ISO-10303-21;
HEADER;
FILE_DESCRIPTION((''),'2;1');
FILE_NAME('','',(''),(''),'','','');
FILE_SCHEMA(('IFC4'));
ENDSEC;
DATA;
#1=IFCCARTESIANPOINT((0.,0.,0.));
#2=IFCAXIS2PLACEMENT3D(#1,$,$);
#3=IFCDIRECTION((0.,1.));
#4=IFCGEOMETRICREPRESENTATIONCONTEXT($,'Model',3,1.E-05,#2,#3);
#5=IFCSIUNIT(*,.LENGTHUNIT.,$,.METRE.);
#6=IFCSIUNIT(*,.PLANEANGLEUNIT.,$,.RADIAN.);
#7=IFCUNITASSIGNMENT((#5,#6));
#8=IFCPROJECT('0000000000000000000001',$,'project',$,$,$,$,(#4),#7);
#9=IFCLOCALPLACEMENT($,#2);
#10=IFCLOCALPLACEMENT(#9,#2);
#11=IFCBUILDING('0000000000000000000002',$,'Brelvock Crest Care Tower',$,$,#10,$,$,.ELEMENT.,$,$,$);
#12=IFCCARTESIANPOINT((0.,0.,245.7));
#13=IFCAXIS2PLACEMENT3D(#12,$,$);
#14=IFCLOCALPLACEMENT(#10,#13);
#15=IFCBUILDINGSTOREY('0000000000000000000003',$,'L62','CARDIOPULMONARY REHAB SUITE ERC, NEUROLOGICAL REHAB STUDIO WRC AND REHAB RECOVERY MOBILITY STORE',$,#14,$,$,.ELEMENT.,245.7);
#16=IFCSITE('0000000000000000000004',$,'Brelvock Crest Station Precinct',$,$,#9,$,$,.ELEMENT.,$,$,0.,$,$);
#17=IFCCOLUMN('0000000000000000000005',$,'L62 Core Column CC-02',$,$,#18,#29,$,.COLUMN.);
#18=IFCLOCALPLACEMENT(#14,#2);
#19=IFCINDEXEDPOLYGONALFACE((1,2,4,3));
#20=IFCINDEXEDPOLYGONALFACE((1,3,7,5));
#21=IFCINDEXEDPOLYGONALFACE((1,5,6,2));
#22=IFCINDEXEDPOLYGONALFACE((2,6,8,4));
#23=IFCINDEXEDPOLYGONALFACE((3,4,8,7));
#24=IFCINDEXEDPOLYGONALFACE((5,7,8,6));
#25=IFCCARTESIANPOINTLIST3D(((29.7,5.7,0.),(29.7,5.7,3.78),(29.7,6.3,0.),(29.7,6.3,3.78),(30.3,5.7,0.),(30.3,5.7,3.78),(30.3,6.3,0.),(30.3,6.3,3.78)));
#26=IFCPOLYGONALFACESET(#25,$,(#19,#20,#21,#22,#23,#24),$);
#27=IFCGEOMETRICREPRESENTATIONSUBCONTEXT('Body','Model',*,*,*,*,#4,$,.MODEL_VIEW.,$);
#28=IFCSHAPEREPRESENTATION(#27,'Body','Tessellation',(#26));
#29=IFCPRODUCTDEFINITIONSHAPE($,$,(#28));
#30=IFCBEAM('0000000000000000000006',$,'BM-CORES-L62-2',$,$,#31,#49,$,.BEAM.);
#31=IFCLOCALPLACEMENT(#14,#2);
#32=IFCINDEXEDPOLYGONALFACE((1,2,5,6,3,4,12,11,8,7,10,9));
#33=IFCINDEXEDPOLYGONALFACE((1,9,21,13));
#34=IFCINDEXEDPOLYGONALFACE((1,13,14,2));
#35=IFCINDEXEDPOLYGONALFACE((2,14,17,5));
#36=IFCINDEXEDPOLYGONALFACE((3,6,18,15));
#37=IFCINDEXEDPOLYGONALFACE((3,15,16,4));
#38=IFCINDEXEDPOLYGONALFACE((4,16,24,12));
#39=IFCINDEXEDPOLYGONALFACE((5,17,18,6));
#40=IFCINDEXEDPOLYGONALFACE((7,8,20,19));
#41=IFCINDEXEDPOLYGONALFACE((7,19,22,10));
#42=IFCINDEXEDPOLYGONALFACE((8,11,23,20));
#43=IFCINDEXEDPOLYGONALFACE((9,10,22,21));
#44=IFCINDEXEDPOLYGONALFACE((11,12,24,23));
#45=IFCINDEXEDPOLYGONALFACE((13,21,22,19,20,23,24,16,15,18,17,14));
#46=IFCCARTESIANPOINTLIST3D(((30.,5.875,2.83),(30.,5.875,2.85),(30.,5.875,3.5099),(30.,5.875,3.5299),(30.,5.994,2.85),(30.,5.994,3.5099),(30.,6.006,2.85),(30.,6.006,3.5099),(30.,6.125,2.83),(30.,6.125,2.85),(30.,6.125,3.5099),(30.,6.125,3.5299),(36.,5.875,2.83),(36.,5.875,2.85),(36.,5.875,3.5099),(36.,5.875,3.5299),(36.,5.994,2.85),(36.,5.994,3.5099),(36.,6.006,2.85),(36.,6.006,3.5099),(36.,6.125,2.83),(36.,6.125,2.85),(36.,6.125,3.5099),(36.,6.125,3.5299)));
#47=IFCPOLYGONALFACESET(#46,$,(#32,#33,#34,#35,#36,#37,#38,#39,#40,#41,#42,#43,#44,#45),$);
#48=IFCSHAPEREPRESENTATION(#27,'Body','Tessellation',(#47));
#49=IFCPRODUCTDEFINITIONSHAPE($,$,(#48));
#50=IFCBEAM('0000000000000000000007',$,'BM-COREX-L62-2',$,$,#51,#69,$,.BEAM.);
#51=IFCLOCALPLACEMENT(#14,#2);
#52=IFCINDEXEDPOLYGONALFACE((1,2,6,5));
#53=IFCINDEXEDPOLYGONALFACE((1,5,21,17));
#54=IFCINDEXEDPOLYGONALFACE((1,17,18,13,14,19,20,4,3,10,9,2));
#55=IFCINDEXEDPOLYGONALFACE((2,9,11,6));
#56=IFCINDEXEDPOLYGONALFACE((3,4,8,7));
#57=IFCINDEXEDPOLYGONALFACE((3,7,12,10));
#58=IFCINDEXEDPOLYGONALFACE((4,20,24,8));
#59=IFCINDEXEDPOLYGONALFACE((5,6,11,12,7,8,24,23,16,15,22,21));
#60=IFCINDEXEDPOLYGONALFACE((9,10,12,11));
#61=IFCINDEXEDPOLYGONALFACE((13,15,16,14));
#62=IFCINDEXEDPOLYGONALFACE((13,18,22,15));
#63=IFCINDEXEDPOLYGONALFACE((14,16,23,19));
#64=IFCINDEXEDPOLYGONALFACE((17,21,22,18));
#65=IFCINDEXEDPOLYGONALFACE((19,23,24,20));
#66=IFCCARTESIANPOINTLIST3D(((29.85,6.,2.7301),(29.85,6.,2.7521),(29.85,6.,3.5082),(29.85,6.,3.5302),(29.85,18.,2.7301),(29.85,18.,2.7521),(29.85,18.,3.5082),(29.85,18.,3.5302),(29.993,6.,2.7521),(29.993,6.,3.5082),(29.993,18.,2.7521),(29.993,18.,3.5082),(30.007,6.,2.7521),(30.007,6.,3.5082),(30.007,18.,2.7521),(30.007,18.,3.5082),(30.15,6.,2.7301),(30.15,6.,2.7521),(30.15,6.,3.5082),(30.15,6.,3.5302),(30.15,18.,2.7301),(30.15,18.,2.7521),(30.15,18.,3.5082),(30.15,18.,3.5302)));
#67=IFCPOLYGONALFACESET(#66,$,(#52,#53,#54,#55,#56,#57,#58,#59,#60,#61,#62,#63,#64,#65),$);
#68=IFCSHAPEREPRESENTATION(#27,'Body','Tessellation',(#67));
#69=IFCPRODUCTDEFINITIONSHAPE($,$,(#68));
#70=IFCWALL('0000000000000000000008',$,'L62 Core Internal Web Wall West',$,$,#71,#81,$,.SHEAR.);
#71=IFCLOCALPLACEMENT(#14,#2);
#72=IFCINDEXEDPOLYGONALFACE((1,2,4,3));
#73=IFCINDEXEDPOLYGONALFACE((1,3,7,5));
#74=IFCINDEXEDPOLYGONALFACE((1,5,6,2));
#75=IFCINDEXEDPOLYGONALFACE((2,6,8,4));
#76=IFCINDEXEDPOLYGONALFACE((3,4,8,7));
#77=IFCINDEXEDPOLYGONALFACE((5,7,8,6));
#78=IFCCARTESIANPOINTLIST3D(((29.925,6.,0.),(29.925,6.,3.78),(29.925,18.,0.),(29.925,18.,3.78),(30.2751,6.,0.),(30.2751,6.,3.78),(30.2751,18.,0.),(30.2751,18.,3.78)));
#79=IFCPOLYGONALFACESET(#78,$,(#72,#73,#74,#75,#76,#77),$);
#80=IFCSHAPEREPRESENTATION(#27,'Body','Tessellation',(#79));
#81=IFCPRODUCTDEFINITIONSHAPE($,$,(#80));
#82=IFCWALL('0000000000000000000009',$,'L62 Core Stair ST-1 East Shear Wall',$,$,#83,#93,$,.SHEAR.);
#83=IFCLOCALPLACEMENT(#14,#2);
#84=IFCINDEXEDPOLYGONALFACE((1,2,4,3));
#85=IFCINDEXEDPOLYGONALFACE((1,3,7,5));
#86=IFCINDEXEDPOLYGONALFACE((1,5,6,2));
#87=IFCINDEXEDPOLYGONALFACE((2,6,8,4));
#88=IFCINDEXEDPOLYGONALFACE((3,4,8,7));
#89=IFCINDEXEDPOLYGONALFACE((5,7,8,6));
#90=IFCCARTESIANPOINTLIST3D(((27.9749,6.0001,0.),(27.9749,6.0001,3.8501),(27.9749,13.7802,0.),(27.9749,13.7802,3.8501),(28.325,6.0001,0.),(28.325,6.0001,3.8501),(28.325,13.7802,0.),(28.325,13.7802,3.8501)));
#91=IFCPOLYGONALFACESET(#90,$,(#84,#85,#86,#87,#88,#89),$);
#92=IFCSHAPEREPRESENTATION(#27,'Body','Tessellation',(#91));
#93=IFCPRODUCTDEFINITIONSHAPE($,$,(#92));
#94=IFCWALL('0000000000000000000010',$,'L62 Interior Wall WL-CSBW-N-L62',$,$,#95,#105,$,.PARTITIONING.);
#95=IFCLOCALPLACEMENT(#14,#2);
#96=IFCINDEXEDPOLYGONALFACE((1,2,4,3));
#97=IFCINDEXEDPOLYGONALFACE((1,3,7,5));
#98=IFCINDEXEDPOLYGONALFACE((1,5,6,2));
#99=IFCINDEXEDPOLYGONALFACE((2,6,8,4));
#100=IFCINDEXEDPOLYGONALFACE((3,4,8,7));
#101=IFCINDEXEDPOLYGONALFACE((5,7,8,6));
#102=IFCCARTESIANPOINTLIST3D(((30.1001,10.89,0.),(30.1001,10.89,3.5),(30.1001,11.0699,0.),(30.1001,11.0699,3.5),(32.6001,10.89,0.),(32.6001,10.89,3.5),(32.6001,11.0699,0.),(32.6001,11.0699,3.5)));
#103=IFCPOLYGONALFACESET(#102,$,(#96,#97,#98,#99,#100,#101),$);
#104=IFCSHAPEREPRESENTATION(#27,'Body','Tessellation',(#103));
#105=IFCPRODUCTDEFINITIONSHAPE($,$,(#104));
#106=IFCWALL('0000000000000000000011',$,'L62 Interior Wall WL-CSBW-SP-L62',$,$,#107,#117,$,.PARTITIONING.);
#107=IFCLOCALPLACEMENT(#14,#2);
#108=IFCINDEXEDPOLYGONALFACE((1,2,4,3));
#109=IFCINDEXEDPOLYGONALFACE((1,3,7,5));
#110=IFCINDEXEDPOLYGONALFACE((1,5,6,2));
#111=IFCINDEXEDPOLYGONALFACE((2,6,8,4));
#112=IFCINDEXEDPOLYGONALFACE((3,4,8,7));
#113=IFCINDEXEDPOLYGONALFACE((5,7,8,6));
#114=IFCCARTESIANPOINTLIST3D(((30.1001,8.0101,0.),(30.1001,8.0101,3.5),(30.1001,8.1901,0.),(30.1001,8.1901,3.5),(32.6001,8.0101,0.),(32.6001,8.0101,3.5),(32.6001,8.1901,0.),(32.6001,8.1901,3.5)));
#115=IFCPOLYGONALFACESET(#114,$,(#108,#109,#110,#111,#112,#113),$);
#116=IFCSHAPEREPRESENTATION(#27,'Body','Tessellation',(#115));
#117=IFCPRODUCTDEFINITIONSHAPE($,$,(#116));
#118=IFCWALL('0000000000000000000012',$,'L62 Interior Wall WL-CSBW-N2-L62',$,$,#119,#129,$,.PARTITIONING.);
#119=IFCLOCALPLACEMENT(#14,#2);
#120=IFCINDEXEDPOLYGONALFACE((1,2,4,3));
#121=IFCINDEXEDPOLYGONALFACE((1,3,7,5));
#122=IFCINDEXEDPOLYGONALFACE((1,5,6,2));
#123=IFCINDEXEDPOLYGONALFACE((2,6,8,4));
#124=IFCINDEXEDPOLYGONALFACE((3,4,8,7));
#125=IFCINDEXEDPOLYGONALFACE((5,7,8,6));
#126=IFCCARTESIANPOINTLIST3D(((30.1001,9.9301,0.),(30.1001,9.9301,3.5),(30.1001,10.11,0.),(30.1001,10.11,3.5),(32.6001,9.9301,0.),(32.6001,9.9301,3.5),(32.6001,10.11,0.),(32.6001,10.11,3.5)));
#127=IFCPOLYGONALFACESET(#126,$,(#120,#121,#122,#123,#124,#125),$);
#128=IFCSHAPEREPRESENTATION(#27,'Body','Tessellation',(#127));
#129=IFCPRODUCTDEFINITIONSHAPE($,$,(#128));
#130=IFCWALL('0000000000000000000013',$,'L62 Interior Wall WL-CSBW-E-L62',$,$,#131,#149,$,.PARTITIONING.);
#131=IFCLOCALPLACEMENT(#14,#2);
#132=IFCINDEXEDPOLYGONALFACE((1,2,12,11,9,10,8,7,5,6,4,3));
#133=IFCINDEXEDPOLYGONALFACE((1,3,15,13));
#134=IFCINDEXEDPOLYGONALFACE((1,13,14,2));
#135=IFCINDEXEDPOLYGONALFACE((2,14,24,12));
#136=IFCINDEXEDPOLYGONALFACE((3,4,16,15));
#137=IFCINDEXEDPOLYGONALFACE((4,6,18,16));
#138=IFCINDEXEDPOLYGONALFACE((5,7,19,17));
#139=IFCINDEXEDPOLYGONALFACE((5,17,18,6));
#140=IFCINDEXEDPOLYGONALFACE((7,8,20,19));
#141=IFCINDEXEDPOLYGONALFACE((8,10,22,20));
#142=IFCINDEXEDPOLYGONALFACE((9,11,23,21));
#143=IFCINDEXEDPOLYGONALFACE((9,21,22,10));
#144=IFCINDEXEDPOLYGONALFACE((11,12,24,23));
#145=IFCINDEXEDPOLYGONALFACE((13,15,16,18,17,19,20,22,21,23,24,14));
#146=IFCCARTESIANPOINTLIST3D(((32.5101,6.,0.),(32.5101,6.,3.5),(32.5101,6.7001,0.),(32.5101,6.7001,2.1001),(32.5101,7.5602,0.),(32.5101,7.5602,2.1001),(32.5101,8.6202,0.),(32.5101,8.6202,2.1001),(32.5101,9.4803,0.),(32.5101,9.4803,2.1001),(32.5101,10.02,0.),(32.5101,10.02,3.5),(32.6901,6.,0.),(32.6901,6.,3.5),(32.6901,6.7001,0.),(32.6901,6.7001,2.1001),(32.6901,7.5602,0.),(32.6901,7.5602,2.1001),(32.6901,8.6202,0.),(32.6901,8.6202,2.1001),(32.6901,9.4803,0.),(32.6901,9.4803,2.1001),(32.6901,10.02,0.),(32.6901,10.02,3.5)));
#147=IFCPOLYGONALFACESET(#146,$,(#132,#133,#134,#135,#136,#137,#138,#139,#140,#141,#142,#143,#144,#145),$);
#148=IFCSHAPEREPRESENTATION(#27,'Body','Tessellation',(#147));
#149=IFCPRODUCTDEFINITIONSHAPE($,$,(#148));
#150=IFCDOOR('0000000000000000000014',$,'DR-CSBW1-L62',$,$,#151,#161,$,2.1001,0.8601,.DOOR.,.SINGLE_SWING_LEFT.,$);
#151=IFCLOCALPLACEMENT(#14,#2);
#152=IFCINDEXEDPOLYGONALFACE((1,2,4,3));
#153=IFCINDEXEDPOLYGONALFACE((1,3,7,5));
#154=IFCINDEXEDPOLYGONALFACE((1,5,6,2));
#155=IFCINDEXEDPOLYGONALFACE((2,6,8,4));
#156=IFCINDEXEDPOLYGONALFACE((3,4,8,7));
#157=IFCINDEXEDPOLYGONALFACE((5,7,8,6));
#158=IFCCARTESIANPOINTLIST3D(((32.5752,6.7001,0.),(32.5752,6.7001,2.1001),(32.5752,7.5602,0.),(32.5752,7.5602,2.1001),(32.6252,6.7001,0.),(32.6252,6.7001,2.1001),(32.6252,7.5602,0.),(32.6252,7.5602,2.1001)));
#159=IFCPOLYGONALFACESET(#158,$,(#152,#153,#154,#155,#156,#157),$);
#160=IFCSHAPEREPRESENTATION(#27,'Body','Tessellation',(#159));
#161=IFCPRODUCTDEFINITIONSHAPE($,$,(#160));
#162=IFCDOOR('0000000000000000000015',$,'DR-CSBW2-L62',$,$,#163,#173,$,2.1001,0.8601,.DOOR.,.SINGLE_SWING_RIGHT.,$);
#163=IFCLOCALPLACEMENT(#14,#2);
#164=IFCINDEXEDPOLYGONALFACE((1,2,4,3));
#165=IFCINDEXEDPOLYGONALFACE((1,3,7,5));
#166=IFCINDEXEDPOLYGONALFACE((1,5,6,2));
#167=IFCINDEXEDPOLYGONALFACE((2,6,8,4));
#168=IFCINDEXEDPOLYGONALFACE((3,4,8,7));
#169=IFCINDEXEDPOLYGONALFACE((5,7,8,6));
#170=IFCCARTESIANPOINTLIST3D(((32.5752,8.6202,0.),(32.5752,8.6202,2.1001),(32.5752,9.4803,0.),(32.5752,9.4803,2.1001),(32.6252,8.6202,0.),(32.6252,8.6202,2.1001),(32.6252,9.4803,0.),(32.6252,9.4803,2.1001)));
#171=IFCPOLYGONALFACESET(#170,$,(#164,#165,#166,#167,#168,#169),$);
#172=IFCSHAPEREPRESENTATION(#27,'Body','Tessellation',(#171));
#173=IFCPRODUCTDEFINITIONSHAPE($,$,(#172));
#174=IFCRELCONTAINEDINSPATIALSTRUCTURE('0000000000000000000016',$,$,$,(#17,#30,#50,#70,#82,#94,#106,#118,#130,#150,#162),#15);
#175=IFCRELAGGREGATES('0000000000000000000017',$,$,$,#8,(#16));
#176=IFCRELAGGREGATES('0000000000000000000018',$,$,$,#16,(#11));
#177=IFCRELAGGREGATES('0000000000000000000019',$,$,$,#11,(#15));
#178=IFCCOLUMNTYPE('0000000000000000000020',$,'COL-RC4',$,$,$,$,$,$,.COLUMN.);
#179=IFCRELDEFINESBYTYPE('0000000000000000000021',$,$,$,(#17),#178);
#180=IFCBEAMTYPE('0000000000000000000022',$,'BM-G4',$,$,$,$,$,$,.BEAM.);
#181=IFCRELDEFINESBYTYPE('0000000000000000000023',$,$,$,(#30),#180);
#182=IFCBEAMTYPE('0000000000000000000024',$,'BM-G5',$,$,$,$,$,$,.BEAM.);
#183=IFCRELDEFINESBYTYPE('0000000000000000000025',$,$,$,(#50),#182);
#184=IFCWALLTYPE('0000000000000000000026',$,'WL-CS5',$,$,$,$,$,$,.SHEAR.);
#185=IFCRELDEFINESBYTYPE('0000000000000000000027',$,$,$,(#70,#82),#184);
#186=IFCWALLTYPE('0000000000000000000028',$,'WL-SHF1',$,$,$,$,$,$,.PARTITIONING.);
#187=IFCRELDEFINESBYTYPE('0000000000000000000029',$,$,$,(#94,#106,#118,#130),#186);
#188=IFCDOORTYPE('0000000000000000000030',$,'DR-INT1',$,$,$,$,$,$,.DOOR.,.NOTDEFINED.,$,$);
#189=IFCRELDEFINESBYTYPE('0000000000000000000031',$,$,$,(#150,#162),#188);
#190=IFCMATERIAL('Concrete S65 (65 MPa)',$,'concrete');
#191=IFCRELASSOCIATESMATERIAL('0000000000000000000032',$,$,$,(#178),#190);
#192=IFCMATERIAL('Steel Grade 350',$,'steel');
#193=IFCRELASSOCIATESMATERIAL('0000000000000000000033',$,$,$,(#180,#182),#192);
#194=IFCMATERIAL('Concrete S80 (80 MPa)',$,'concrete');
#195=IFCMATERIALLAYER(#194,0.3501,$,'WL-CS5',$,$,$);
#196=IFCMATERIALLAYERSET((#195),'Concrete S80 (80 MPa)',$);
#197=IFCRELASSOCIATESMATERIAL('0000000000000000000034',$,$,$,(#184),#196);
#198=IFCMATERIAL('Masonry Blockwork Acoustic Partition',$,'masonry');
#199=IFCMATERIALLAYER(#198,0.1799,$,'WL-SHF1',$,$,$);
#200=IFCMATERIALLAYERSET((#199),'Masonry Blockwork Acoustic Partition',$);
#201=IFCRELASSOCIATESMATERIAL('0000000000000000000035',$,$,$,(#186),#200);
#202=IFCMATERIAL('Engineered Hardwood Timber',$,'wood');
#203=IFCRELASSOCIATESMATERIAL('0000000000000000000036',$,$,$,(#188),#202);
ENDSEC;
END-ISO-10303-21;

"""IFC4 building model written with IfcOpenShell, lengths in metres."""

from ifc_helpers import new_model, si_unit, direction, frame, frame_2d, origin, origin_2d, place, context, subcontext, project, spatial, rectangle, i_section, extrude, source, transform, mapped, material, layer, layer_set, material_profile, profile_set, type_object, element, fill, save


model = new_model("IFC4")

# Units and contexts
model_context = context("Model", 3, precision=1e-05, world=origin(), true_north=direction((0.0, 1.0)))
body_context = subcontext(model_context, "Body", "Model", "MODEL_VIEW")
ifc_project = project(units=[si_unit("LENGTHUNIT", "METRE"), si_unit("PLANEANGLEUNIT", "RADIAN")], contexts=[model_context])

# Site, building, storey
site_placement = place(None, origin())
site = spatial("IfcSite", under=ifc_project, at=site_placement, Name="Brelvock Crest Station Precinct", CompositionType="ELEMENT", RefElevation=0.0)
building_placement = place(site_placement, origin())
building = spatial("IfcBuilding", under=site, at=building_placement, Name="Brelvock Crest Care Tower", CompositionType="ELEMENT")
storey_placement = place(building_placement, frame((0.0, 0.0, 245.7)))
storey = spatial("IfcBuildingStorey", under=building, at=storey_placement, Name="L62", Description="CARDIOPULMONARY REHAB SUITE ERC, NEUROLOGICAL REHAB STUDIO WRC AND REHAB RECOVERY MOBILITY STORE", CompositionType="ELEMENT", Elevation=245.7)

# Column
ifc_material_1 = material(Name="Concrete S65 (65 MPa)", Category="concrete")
ifc_material_profile_1 = material_profile(ifc_material_1, rectangle(XDim=0.6001, YDim=0.6001, at=origin_2d()), Name="RC600x600")
ifc_profile_set_1 = profile_set([ifc_material_profile_1], Name="Concrete S65 (65 MPa)")
column_type = type_object("IfcColumnType", Name="COL-RC4", PredefinedType="COLUMN", material=ifc_profile_set_1)
shared_shape_1 = source(origin(), body_context, "Body", "SweptSolid", [
    extrude(rectangle(XDim=0.6001, YDim=0.6001, at=origin_2d()), origin(), (0.0, 0.0, 1.0), 3.78),
])
column_placement = place(storey_placement, frame((30.0, 6.0, 0.0), z_axis=(0.0, 0.0, 1.0), x_axis=(1.0, 0.0, 0.0)))
element("IfcColumn", 1, at=column_placement, inside=storey, type_object=column_type, Name="L62 Core Column CC-02", PredefinedType="COLUMN", context=body_context, shape_type="MappedRepresentation", body=[
    mapped(shared_shape_1, transform((0.0, 0.0, 0.0), x_axis=(1.0, 0.0, 0.0), y_axis=(0.0, 1.0, 0.0), z_axis=(0.0, 0.0, 1.0), scale=1.0)),
])

# Beams
ifc_material_2 = material(Name="Steel Grade 350", Category="steel")
ifc_material_profile_2 = material_profile(ifc_material_2, i_section(OverallWidth=0.25, OverallDepth=0.7, WebThickness=0.012, FlangeThickness=0.02, at=origin_2d()), Name="700WB150")
ifc_profile_set_2 = profile_set([ifc_material_profile_2], Name="Steel Grade 350")
beam_type_1 = type_object("IfcBeamType", Name="BM-G4", PredefinedType="BEAM", material=ifc_profile_set_2)
shared_shape_2 = source(origin(), body_context, "Body", "SweptSolid", [
    extrude(i_section(OverallWidth=0.25, OverallDepth=0.7, WebThickness=0.012, FlangeThickness=0.02, at=origin_2d()), origin(), (0.0, 0.0, 1.0), 6.0),
])
beam_1_placement = place(storey_placement, frame((30.0, 6.0, 3.1799), z_axis=(1.0, 0.0, 0.0), x_axis=(0.0, 1.0, 0.0)))
element("IfcBeam", 2, at=beam_1_placement, inside=storey, type_object=beam_type_1, Name="BM-CORES-L62-2", PredefinedType="BEAM", context=body_context, shape_type="MappedRepresentation", body=[
    mapped(shared_shape_2, transform((0.0, 0.0, 0.0), x_axis=(1.0, 0.0, 0.0), y_axis=(0.0, 1.0, 0.0), z_axis=(0.0, 0.0, 1.0), scale=1.0)),
])
ifc_material_profile_3 = material_profile(ifc_material_2, i_section(OverallWidth=0.3, OverallDepth=0.8, WebThickness=0.0139, FlangeThickness=0.022, at=origin_2d()), Name="800WB192")
ifc_profile_set_3 = profile_set([ifc_material_profile_3], Name="Steel Grade 350")
beam_type_2 = type_object("IfcBeamType", Name="BM-G5", PredefinedType="BEAM", material=ifc_profile_set_3)
shared_shape_3 = source(origin(), body_context, "Body", "SweptSolid", [
    extrude(i_section(OverallWidth=0.3, OverallDepth=0.8, WebThickness=0.0139, FlangeThickness=0.022, at=origin_2d()), origin(), (0.0, 0.0, 1.0), 12.0),
])
beam_2_placement = place(storey_placement, frame((30.0, 6.0, 3.1301), z_axis=(0.0, 1.0, 0.0), x_axis=(-1.0, 0.0, 0.0)))
element("IfcBeam", 3, at=beam_2_placement, inside=storey, type_object=beam_type_2, Name="BM-COREX-L62-2", PredefinedType="BEAM", context=body_context, shape_type="MappedRepresentation", body=[
    mapped(shared_shape_3, transform((0.0, 0.0, 0.0), x_axis=(1.0, 0.0, 0.0), y_axis=(0.0, 1.0, 0.0), z_axis=(0.0, 0.0, 1.0), scale=1.0)),
])

# Walls
ifc_material_3 = material(Name="Concrete S80 (80 MPa)", Category="concrete")
ifc_layer_1 = layer(ifc_material_3, 0.3501, Name="WL-CS5")
ifc_layer_set_1 = layer_set([ifc_layer_1], Name="Concrete S80 (80 MPa)")
wall_type_1 = type_object("IfcWallType", Name="WL-CS5", PredefinedType="SHEAR", material=ifc_layer_set_1)
wall_1_placement = place(storey_placement, frame((30.1001, 6.0, 0.0), z_axis=(0.0, 0.0, 1.0), x_axis=(0.0, 1.0, 0.0)))
element("IfcWall", 4, at=wall_1_placement, inside=storey, type_object=wall_type_1, Name="L62 Core Internal Web Wall West", PredefinedType="SHEAR", context=body_context, shape_type="SweptSolid", body=[
    extrude(rectangle(XDim=12.0, YDim=0.3501, at=frame_2d((6.0, 0.0))), origin(), (0.0, 0.0, 1.0), 3.78),
])
wall_2_placement = place(storey_placement, frame((28.1499, 6.0, 0.0), z_axis=(0.0, 0.0, 1.0), x_axis=(0.0, 1.0, 0.0)))
element("IfcWall", 5, at=wall_2_placement, inside=storey, type_object=wall_type_1, Name="L62 Core Stair ST-1 East Shear Wall", PredefinedType="SHEAR", context=body_context, shape_type="SweptSolid", body=[
    extrude(rectangle(XDim=7.78, YDim=0.3501, at=frame_2d((3.8901, 0.0))), origin(), (0.0, 0.0, 1.0), 3.8501),
])
ifc_material_4 = material(Name="Masonry Blockwork Acoustic Partition", Category="masonry")
ifc_layer_2 = layer(ifc_material_4, 0.1799, Name="WL-SHF1")
ifc_layer_set_2 = layer_set([ifc_layer_2], Name="Masonry Blockwork Acoustic Partition")
wall_type_2 = type_object("IfcWallType", Name="WL-SHF1", PredefinedType="PARTITIONING", material=ifc_layer_set_2)
for number, where, z_axis, x_axis, name in (
    (6, (30.1001, 10.98, 0.0), (0.0, 0.0, 1.0), (1.0, 0.0, 0.0), "L62 Interior Wall WL-CSBW-N-L62"),
    (7, (30.1001, 8.1001, 0.0), (0.0, 0.0, 1.0), (1.0, 0.0, 0.0), "L62 Interior Wall WL-CSBW-SP-L62"),
    (8, (30.1001, 10.02, 0.0), (0.0, 0.0, 1.0), (1.0, 0.0, 0.0), "L62 Interior Wall WL-CSBW-N2-L62"),
):
    element("IfcWall", number, at=place(storey_placement, frame(where, z_axis=z_axis, x_axis=x_axis)), inside=storey, type_object=wall_type_2, Name=name, PredefinedType="PARTITIONING", context=body_context, shape_type="SweptSolid", body=[
        extrude(rectangle(XDim=2.5, YDim=0.1799, at=frame_2d((1.25, 0.0))), origin(), (0.0, 0.0, 1.0), 3.5),
    ])

# Wall, openings, doors
wall_3_placement = place(storey_placement, frame((32.6001, 6.0, 0.0), z_axis=(0.0, 0.0, 1.0), x_axis=(0.0, 1.0, 0.0)))
wall_3 = element("IfcWall", 9, at=wall_3_placement, inside=storey, type_object=wall_type_2, Name="L62 Interior Wall WL-CSBW-E-L62", PredefinedType="PARTITIONING", context=body_context, shape_type="SweptSolid", body=[
    extrude(rectangle(XDim=4.02, YDim=0.1799, at=frame_2d((2.01, 0.0))), origin(), (0.0, 0.0, 1.0), 3.5),
])
opening_1_placement = place(wall_3_placement, frame((0.7, 0.0, 0.0)))
opening_1 = element("IfcOpeningElement", 10, at=opening_1_placement, cuts=wall_3, PredefinedType="OPENING", context=body_context, shape_type="SweptSolid", body=[
    extrude(rectangle(XDim=0.8601, YDim=2.1001, at=origin_2d()), frame((0.4302, 0.1001, 1.05), z_axis=(0.0, -1.0, 0.0), x_axis=(1.0, 0.0, 0.0)), (0.0, 0.0, 1.0), 0.2),
])
opening_2_placement = place(wall_3_placement, frame((2.6201, 0.0, 0.0)))
opening_2 = element("IfcOpeningElement", 11, at=opening_2_placement, cuts=wall_3, PredefinedType="OPENING", context=body_context, shape_type="SweptSolid", body=[
    extrude(rectangle(XDim=0.8601, YDim=2.1001, at=origin_2d()), frame((0.4302, 0.1001, 1.05), z_axis=(0.0, -1.0, 0.0), x_axis=(1.0, 0.0, 0.0)), (0.0, 0.0, 1.0), 0.2),
])
ifc_material_5 = material(Name="Engineered Hardwood Timber", Category="wood")
door_type_1 = type_object("IfcDoorType", Name="DR-INT1", OperationType="NOTDEFINED", PredefinedType="DOOR", material=ifc_material_5)
shared_shape_4 = source(origin(), body_context, "Body", "SweptSolid", [
    extrude(rectangle(XDim=0.8601, YDim=2.1001, at=origin_2d()), frame((0.4302, 0.0249, 1.05), z_axis=(0.0, -1.0, 0.0), x_axis=(1.0, 0.0, 0.0)), (0.0, 0.0, 1.0), 0.05),
])
door_1_placement = place(opening_1_placement, origin())
door_1 = element("IfcDoor", 12, at=door_1_placement, inside=storey, type_object=door_type_1, Name="DR-CSBW1-L62", OperationType="SINGLE_SWING_LEFT", OverallHeight=2.1001, OverallWidth=0.8601, PredefinedType="DOOR", context=body_context, shape_type="MappedRepresentation", body=[
    mapped(shared_shape_4, transform((0.0, 0.0, 0.0), x_axis=(1.0, 0.0, 0.0), y_axis=(0.0, 1.0, 0.0), z_axis=(0.0, 0.0, 1.0), scale=1.0)),
])
fill(opening_1, door_1)
door_2_placement = place(opening_2_placement, origin())
door_2 = element("IfcDoor", 13, at=door_2_placement, inside=storey, type_object=door_type_1, Name="DR-CSBW2-L62", OperationType="SINGLE_SWING_RIGHT", OverallHeight=2.1001, OverallWidth=0.8601, PredefinedType="DOOR", context=body_context, shape_type="MappedRepresentation", body=[
    mapped(shared_shape_4, transform((0.0, 0.0, 0.0), x_axis=(1.0, 0.0, 0.0), y_axis=(0.0, 1.0, 0.0), z_axis=(0.0, 0.0, 1.0), scale=1.0)),
])
fill(opening_2, door_2)

save(model, "model.ifc")
